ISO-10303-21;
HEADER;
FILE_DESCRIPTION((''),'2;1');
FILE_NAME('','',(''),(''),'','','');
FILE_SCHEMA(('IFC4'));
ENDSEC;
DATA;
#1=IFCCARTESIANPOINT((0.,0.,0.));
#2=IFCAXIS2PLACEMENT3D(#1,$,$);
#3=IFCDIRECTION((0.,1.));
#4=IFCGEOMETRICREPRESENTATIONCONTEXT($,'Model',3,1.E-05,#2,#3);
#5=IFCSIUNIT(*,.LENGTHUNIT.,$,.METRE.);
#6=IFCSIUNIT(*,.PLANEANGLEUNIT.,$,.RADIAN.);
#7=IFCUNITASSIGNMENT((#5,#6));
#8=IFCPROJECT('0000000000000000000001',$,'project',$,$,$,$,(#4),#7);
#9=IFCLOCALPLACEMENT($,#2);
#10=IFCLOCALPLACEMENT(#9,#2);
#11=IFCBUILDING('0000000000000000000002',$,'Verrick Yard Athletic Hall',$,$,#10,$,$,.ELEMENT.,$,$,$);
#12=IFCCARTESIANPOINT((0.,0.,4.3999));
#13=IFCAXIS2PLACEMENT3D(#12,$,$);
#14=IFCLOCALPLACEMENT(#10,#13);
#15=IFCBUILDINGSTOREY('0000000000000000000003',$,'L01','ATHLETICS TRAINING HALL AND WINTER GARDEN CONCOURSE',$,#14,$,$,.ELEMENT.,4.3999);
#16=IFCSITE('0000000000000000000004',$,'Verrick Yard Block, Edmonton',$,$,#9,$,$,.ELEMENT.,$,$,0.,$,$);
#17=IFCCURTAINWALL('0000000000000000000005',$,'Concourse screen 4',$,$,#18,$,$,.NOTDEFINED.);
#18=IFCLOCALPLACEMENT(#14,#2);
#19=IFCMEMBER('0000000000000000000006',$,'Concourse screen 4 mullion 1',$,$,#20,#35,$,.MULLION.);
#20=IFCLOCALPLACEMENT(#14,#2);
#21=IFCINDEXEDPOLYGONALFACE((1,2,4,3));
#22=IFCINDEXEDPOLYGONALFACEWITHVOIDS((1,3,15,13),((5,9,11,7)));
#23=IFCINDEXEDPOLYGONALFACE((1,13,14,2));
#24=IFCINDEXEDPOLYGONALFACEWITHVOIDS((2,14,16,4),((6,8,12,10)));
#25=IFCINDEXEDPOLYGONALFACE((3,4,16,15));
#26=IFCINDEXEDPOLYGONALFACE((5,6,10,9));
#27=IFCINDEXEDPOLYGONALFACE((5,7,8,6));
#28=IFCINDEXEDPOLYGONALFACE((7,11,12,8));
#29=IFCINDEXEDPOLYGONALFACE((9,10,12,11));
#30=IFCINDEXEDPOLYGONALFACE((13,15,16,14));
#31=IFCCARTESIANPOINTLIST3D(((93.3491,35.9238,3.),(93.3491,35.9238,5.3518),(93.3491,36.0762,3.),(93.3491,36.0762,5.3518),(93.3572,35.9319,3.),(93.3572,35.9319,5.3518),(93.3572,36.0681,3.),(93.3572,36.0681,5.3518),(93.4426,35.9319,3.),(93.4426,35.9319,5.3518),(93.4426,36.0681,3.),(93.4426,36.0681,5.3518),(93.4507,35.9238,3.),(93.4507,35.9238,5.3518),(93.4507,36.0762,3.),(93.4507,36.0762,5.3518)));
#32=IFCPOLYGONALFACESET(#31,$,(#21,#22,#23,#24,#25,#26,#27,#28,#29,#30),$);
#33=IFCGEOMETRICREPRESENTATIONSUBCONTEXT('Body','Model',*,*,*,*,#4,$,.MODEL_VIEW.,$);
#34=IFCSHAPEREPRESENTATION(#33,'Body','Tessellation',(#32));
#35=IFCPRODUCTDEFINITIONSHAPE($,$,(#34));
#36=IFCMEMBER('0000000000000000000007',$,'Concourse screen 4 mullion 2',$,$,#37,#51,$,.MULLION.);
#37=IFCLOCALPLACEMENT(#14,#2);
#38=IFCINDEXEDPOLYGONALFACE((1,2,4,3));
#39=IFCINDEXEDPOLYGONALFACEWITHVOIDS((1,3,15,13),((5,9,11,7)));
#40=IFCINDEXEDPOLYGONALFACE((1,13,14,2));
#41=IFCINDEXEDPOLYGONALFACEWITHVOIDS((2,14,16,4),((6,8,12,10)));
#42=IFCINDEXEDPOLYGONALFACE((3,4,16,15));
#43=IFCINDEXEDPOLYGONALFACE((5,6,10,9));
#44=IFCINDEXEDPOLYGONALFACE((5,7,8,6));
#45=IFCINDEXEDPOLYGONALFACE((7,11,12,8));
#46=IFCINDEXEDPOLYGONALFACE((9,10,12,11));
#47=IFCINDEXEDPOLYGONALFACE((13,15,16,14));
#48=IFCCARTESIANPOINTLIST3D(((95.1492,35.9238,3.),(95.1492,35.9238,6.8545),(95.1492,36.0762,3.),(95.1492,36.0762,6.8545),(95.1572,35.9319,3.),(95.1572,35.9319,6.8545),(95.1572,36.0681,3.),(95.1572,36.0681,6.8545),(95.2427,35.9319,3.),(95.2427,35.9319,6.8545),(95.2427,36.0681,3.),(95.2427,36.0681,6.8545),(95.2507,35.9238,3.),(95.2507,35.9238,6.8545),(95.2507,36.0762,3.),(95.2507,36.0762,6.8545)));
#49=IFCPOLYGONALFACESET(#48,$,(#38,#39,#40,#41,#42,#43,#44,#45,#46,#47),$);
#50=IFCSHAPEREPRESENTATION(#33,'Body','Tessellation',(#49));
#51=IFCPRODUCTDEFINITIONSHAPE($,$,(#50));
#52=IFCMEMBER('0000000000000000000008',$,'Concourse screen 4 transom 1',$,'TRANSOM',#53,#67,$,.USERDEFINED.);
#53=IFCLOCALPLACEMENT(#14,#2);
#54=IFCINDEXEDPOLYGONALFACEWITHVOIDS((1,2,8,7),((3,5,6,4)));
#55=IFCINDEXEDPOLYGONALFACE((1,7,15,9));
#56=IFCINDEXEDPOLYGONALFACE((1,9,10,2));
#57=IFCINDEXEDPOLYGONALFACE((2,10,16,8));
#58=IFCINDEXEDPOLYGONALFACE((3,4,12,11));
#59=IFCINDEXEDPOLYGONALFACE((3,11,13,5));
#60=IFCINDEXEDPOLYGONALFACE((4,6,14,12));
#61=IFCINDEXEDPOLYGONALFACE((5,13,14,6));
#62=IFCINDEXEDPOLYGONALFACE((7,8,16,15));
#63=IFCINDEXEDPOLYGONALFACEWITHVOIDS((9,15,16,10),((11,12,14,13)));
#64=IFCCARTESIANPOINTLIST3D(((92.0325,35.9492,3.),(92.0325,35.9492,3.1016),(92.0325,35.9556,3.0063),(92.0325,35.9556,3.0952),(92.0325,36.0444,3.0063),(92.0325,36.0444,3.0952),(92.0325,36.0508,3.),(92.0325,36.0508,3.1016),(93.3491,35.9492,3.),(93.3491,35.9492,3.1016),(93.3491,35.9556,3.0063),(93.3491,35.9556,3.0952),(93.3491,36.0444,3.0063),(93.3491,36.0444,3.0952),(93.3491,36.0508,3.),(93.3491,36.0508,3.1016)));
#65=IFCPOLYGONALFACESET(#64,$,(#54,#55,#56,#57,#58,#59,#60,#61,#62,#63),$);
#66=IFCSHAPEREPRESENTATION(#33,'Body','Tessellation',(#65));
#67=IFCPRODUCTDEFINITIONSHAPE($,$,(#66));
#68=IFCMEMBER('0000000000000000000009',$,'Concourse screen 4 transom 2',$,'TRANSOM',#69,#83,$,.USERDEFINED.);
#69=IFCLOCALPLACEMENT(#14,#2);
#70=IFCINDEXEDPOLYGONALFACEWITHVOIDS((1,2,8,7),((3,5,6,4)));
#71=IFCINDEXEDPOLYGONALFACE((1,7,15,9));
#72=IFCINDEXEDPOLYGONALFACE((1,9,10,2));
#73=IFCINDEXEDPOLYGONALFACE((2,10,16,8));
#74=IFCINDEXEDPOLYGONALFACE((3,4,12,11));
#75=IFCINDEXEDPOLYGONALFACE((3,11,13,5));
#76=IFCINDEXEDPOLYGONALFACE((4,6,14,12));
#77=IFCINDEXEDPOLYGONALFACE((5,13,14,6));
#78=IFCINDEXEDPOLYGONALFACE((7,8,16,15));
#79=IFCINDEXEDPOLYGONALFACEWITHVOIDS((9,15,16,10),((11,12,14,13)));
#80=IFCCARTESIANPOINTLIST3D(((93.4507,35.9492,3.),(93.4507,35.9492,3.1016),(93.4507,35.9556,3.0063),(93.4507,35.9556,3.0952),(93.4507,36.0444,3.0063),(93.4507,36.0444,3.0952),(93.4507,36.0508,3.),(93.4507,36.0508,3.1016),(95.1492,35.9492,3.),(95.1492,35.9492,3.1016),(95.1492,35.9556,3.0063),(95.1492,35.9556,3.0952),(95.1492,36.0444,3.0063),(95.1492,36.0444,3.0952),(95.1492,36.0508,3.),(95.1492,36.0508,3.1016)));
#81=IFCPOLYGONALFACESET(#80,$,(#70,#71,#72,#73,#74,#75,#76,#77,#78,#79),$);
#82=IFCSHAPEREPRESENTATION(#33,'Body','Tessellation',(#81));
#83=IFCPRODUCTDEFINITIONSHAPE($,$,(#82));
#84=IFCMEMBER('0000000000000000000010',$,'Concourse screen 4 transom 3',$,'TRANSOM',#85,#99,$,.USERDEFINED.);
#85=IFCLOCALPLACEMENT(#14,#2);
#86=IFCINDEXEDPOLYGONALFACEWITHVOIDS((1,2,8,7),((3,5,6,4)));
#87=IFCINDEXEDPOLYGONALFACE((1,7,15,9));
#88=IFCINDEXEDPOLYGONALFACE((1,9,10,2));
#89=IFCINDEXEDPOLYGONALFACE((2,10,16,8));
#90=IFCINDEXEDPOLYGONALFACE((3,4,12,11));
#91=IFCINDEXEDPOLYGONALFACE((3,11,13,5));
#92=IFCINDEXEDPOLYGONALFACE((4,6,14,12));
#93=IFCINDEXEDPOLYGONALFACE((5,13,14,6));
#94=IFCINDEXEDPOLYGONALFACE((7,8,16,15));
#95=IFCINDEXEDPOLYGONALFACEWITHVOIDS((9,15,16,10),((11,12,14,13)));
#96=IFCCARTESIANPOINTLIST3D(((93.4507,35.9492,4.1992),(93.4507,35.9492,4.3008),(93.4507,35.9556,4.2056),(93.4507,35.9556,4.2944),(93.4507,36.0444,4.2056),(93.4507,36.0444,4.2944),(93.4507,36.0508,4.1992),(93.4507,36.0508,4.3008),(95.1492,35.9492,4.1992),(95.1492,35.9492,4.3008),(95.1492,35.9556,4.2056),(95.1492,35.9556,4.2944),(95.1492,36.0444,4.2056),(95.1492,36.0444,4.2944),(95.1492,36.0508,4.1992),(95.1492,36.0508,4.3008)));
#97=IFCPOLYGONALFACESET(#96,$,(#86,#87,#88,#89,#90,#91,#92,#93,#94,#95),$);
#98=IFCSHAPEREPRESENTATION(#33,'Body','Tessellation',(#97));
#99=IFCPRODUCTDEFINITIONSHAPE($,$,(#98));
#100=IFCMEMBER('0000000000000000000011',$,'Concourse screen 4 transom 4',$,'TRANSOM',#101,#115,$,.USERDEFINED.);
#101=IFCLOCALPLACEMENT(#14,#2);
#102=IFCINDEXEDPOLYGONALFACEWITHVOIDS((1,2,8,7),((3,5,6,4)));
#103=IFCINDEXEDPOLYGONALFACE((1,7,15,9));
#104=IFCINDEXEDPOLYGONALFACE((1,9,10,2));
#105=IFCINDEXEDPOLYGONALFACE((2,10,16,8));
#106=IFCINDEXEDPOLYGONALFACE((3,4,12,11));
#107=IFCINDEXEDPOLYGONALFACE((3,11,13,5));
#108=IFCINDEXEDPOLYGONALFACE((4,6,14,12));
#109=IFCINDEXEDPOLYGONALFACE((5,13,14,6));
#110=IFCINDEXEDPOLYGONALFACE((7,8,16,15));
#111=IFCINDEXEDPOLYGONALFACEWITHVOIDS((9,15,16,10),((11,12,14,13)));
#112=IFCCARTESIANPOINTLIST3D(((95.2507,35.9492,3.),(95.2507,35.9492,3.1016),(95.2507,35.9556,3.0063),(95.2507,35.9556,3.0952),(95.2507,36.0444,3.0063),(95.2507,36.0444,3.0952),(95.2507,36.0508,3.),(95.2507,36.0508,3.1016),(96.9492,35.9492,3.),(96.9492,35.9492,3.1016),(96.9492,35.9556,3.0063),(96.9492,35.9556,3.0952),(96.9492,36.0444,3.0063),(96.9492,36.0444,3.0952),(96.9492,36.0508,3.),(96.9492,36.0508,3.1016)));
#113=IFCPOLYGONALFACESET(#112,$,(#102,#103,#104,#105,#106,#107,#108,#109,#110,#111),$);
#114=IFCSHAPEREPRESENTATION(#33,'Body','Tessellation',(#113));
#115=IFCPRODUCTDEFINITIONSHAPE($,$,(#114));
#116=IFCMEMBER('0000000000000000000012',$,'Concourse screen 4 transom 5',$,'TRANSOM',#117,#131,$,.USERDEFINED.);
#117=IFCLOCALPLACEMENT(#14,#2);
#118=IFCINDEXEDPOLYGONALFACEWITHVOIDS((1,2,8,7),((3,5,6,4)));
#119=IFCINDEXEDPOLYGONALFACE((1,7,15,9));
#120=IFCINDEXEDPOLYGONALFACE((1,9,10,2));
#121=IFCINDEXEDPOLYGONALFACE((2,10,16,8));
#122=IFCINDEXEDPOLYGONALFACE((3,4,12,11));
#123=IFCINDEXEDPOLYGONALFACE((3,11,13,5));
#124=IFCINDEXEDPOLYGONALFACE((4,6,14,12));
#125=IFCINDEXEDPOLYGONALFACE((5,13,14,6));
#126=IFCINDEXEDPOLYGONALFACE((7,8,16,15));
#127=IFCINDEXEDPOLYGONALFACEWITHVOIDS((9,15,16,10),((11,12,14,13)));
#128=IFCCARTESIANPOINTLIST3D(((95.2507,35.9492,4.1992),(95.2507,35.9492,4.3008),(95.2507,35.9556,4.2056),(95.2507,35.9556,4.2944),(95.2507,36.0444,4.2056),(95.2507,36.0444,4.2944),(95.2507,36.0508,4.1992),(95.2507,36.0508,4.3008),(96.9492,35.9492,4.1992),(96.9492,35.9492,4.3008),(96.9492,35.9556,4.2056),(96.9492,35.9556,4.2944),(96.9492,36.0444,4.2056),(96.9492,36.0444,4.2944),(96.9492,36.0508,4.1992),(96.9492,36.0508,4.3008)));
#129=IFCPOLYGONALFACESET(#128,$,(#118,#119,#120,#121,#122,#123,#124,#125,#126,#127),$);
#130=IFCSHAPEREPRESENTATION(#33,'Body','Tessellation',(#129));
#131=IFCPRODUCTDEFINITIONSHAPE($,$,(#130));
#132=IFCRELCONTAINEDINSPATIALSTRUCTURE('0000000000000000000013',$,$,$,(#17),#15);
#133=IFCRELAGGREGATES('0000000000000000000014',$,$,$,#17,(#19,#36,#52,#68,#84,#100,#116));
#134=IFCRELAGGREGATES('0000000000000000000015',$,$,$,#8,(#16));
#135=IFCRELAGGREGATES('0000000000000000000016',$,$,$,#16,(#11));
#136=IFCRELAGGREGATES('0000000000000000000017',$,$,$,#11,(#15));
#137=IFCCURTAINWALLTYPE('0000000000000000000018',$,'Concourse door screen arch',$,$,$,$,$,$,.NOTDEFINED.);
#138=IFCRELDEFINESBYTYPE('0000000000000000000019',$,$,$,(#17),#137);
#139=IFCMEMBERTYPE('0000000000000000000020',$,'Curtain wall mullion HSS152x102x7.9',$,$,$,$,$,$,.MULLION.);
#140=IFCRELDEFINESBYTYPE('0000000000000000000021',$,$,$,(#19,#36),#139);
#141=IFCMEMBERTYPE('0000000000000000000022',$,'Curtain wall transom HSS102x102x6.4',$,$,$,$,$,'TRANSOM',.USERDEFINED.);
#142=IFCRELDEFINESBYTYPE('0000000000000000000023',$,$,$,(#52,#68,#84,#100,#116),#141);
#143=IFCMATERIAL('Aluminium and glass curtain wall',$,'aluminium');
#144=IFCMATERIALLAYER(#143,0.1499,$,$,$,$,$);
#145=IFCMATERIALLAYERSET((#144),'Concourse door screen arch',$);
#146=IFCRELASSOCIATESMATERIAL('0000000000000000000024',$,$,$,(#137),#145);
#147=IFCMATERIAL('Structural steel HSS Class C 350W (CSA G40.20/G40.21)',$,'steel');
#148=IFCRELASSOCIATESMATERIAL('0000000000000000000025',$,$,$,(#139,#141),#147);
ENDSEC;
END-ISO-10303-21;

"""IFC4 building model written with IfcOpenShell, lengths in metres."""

from ifc_helpers import new_model, si_unit, direction, frame, origin, origin_2d, place, context, subcontext, project, spatial, hollow_rectangle, extrude, material, layer, layer_set, material_profile, profile_set, type_object, element, aggregate, save


model = new_model("IFC4")

# Units and contexts
model_context = context("Model", 3, precision=1e-05, world=origin(), true_north=direction((0.0, 1.0)))
body_context = subcontext(model_context, "Body", "Model", "MODEL_VIEW")
ifc_project = project(units=[si_unit("LENGTHUNIT", "METRE"), si_unit("PLANEANGLEUNIT", "RADIAN")], contexts=[model_context])

# Site, building, storey
site_placement = place(None, origin())
site = spatial("IfcSite", under=ifc_project, at=site_placement, Name="Verrick Yard Block, Edmonton", CompositionType="ELEMENT", RefElevation=0.0)
building_placement = place(site_placement, origin())
building = spatial("IfcBuilding", under=site, at=building_placement, Name="Verrick Yard Athletic Hall", CompositionType="ELEMENT")
storey_placement = place(building_placement, frame((0.0, 0.0, 4.3999)))
storey = spatial("IfcBuildingStorey", under=building, at=storey_placement, Name="L01", Description="ATHLETICS TRAINING HALL AND WINTER GARDEN CONCOURSE", CompositionType="ELEMENT", Elevation=4.3999)

# Curtain wall, members
ifc_material_1 = material(Name="Aluminium and glass curtain wall", Category="aluminium")
ifc_layer_1 = layer(ifc_material_1, 0.1499)
ifc_layer_set_1 = layer_set([ifc_layer_1], Name="Concourse door screen arch")
curtain_wall_type = type_object("IfcCurtainWallType", Name="Concourse door screen arch", PredefinedType="NOTDEFINED", material=ifc_layer_set_1)
curtain_wall_placement = place(storey_placement, origin())
curtain_wall = element("IfcCurtainWall", 1, at=curtain_wall_placement, inside=storey, type_object=curtain_wall_type, Name="Concourse screen 4", PredefinedType="NOTDEFINED")
ifc_material_2 = material(Name="Structural steel HSS Class C 350W (CSA G40.20/G40.21)", Category="steel")
ifc_material_profile_1 = material_profile(ifc_material_2, hollow_rectangle(XDim=0.1016, YDim=0.1523, WallThickness=0.0081, at=origin_2d()), Name="HSS152x102x7.9")
ifc_profile_set_1 = profile_set([ifc_material_profile_1], Name="Structural steel HSS Class C 350W (CSA G40.20/G40.21)")
member_type_1 = type_object("IfcMemberType", Name="Curtain wall mullion HSS152x102x7.9", PredefinedType="MULLION", material=ifc_profile_set_1)
member_1_placement = place(storey_placement, frame((93.3999, 36.0, 3.0), z_axis=(0.0, 0.0, 1.0), x_axis=(1.0, 0.0, 0.0)))
member_1 = element("IfcMember", 2, at=member_1_placement, type_object=member_type_1, Name="Concourse screen 4 mullion 1", PredefinedType="MULLION", context=body_context, shape_type="SweptSolid", body=[
    extrude(hollow_rectangle(XDim=0.1016, YDim=0.1523, WallThickness=0.0081, at=origin_2d()), origin(), (0.0, 0.0, 1.0), 2.3518),
])
member_2_placement = place(storey_placement, frame((95.2, 36.0, 3.0), z_axis=(0.0, 0.0, 1.0), x_axis=(1.0, 0.0, 0.0)))
member_2 = element("IfcMember", 3, at=member_2_placement, type_object=member_type_1, Name="Concourse screen 4 mullion 2", PredefinedType="MULLION", context=body_context, shape_type="SweptSolid", body=[
    extrude(hollow_rectangle(XDim=0.1016, YDim=0.1523, WallThickness=0.0081, at=origin_2d()), origin(), (0.0, 0.0, 1.0), 3.8545),
])
ifc_material_profile_2 = material_profile(ifc_material_2, hollow_rectangle(XDim=0.1016, YDim=0.1016, WallThickness=0.0063, at=origin_2d()), Name="HSS102x102x6.4")
ifc_profile_set_2 = profile_set([ifc_material_profile_2], Name="Structural steel HSS Class C 350W (CSA G40.20/G40.21)")
member_type_2 = type_object("IfcMemberType", Name="Curtain wall transom HSS102x102x6.4", ElementType="TRANSOM", PredefinedType="USERDEFINED", material=ifc_profile_set_2)
member_3_placement = place(storey_placement, frame((92.0325, 36.0, 3.0508), z_axis=(1.0, 0.0, 0.0), x_axis=(0.0, 1.0, 0.0)))
member_3 = element("IfcMember", 4, at=member_3_placement, type_object=member_type_2, Name="Concourse screen 4 transom 1", ObjectType="TRANSOM", PredefinedType="USERDEFINED", context=body_context, shape_type="SweptSolid", body=[
    extrude(hollow_rectangle(XDim=0.1016, YDim=0.1016, WallThickness=0.0063, at=origin_2d()), origin(), (0.0, 0.0, 1.0), 1.3167),
])
member_4_placement = place(storey_placement, frame((93.4507, 36.0, 3.0508), z_axis=(1.0, 0.0, 0.0), x_axis=(0.0, 1.0, 0.0)))
member_4 = element("IfcMember", 5, at=member_4_placement, type_object=member_type_2, Name="Concourse screen 4 transom 2", ObjectType="TRANSOM", PredefinedType="USERDEFINED", context=body_context, shape_type="SweptSolid", body=[
    extrude(hollow_rectangle(XDim=0.1016, YDim=0.1016, WallThickness=0.0063, at=origin_2d()), origin(), (0.0, 0.0, 1.0), 1.6985),
])
member_5_placement = place(storey_placement, frame((93.4507, 36.0, 4.25), z_axis=(1.0, 0.0, 0.0), x_axis=(0.0, 1.0, 0.0)))
member_5 = element("IfcMember", 6, at=member_5_placement, type_object=member_type_2, Name="Concourse screen 4 transom 3", ObjectType="TRANSOM", PredefinedType="USERDEFINED", context=body_context, shape_type="SweptSolid", body=[
    extrude(hollow_rectangle(XDim=0.1016, YDim=0.1016, WallThickness=0.0063, at=origin_2d()), origin(), (0.0, 0.0, 1.0), 1.6985),
])
member_6_placement = place(storey_placement, frame((95.2507, 36.0, 3.0508), z_axis=(1.0, 0.0, 0.0), x_axis=(0.0, 1.0, 0.0)))
member_6 = element("IfcMember", 7, at=member_6_placement, type_object=member_type_2, Name="Concourse screen 4 transom 4", ObjectType="TRANSOM", PredefinedType="USERDEFINED", context=body_context, shape_type="SweptSolid", body=[
    extrude(hollow_rectangle(XDim=0.1016, YDim=0.1016, WallThickness=0.0063, at=origin_2d()), origin(), (0.0, 0.0, 1.0), 1.6985),
])
member_7_placement = place(storey_placement, frame((95.2507, 36.0, 4.25), z_axis=(1.0, 0.0, 0.0), x_axis=(0.0, 1.0, 0.0)))
member_7 = element("IfcMember", 8, at=member_7_placement, type_object=member_type_2, Name="Concourse screen 4 transom 5", ObjectType="TRANSOM", PredefinedType="USERDEFINED", context=body_context, shape_type="SweptSolid", body=[
    extrude(hollow_rectangle(XDim=0.1016, YDim=0.1016, WallThickness=0.0063, at=origin_2d()), origin(), (0.0, 0.0, 1.0), 1.6985),
])
aggregate(curtain_wall, [member_1, member_2, member_3, member_4, member_5, member_6, member_7])

save(model, "model.ifc")
